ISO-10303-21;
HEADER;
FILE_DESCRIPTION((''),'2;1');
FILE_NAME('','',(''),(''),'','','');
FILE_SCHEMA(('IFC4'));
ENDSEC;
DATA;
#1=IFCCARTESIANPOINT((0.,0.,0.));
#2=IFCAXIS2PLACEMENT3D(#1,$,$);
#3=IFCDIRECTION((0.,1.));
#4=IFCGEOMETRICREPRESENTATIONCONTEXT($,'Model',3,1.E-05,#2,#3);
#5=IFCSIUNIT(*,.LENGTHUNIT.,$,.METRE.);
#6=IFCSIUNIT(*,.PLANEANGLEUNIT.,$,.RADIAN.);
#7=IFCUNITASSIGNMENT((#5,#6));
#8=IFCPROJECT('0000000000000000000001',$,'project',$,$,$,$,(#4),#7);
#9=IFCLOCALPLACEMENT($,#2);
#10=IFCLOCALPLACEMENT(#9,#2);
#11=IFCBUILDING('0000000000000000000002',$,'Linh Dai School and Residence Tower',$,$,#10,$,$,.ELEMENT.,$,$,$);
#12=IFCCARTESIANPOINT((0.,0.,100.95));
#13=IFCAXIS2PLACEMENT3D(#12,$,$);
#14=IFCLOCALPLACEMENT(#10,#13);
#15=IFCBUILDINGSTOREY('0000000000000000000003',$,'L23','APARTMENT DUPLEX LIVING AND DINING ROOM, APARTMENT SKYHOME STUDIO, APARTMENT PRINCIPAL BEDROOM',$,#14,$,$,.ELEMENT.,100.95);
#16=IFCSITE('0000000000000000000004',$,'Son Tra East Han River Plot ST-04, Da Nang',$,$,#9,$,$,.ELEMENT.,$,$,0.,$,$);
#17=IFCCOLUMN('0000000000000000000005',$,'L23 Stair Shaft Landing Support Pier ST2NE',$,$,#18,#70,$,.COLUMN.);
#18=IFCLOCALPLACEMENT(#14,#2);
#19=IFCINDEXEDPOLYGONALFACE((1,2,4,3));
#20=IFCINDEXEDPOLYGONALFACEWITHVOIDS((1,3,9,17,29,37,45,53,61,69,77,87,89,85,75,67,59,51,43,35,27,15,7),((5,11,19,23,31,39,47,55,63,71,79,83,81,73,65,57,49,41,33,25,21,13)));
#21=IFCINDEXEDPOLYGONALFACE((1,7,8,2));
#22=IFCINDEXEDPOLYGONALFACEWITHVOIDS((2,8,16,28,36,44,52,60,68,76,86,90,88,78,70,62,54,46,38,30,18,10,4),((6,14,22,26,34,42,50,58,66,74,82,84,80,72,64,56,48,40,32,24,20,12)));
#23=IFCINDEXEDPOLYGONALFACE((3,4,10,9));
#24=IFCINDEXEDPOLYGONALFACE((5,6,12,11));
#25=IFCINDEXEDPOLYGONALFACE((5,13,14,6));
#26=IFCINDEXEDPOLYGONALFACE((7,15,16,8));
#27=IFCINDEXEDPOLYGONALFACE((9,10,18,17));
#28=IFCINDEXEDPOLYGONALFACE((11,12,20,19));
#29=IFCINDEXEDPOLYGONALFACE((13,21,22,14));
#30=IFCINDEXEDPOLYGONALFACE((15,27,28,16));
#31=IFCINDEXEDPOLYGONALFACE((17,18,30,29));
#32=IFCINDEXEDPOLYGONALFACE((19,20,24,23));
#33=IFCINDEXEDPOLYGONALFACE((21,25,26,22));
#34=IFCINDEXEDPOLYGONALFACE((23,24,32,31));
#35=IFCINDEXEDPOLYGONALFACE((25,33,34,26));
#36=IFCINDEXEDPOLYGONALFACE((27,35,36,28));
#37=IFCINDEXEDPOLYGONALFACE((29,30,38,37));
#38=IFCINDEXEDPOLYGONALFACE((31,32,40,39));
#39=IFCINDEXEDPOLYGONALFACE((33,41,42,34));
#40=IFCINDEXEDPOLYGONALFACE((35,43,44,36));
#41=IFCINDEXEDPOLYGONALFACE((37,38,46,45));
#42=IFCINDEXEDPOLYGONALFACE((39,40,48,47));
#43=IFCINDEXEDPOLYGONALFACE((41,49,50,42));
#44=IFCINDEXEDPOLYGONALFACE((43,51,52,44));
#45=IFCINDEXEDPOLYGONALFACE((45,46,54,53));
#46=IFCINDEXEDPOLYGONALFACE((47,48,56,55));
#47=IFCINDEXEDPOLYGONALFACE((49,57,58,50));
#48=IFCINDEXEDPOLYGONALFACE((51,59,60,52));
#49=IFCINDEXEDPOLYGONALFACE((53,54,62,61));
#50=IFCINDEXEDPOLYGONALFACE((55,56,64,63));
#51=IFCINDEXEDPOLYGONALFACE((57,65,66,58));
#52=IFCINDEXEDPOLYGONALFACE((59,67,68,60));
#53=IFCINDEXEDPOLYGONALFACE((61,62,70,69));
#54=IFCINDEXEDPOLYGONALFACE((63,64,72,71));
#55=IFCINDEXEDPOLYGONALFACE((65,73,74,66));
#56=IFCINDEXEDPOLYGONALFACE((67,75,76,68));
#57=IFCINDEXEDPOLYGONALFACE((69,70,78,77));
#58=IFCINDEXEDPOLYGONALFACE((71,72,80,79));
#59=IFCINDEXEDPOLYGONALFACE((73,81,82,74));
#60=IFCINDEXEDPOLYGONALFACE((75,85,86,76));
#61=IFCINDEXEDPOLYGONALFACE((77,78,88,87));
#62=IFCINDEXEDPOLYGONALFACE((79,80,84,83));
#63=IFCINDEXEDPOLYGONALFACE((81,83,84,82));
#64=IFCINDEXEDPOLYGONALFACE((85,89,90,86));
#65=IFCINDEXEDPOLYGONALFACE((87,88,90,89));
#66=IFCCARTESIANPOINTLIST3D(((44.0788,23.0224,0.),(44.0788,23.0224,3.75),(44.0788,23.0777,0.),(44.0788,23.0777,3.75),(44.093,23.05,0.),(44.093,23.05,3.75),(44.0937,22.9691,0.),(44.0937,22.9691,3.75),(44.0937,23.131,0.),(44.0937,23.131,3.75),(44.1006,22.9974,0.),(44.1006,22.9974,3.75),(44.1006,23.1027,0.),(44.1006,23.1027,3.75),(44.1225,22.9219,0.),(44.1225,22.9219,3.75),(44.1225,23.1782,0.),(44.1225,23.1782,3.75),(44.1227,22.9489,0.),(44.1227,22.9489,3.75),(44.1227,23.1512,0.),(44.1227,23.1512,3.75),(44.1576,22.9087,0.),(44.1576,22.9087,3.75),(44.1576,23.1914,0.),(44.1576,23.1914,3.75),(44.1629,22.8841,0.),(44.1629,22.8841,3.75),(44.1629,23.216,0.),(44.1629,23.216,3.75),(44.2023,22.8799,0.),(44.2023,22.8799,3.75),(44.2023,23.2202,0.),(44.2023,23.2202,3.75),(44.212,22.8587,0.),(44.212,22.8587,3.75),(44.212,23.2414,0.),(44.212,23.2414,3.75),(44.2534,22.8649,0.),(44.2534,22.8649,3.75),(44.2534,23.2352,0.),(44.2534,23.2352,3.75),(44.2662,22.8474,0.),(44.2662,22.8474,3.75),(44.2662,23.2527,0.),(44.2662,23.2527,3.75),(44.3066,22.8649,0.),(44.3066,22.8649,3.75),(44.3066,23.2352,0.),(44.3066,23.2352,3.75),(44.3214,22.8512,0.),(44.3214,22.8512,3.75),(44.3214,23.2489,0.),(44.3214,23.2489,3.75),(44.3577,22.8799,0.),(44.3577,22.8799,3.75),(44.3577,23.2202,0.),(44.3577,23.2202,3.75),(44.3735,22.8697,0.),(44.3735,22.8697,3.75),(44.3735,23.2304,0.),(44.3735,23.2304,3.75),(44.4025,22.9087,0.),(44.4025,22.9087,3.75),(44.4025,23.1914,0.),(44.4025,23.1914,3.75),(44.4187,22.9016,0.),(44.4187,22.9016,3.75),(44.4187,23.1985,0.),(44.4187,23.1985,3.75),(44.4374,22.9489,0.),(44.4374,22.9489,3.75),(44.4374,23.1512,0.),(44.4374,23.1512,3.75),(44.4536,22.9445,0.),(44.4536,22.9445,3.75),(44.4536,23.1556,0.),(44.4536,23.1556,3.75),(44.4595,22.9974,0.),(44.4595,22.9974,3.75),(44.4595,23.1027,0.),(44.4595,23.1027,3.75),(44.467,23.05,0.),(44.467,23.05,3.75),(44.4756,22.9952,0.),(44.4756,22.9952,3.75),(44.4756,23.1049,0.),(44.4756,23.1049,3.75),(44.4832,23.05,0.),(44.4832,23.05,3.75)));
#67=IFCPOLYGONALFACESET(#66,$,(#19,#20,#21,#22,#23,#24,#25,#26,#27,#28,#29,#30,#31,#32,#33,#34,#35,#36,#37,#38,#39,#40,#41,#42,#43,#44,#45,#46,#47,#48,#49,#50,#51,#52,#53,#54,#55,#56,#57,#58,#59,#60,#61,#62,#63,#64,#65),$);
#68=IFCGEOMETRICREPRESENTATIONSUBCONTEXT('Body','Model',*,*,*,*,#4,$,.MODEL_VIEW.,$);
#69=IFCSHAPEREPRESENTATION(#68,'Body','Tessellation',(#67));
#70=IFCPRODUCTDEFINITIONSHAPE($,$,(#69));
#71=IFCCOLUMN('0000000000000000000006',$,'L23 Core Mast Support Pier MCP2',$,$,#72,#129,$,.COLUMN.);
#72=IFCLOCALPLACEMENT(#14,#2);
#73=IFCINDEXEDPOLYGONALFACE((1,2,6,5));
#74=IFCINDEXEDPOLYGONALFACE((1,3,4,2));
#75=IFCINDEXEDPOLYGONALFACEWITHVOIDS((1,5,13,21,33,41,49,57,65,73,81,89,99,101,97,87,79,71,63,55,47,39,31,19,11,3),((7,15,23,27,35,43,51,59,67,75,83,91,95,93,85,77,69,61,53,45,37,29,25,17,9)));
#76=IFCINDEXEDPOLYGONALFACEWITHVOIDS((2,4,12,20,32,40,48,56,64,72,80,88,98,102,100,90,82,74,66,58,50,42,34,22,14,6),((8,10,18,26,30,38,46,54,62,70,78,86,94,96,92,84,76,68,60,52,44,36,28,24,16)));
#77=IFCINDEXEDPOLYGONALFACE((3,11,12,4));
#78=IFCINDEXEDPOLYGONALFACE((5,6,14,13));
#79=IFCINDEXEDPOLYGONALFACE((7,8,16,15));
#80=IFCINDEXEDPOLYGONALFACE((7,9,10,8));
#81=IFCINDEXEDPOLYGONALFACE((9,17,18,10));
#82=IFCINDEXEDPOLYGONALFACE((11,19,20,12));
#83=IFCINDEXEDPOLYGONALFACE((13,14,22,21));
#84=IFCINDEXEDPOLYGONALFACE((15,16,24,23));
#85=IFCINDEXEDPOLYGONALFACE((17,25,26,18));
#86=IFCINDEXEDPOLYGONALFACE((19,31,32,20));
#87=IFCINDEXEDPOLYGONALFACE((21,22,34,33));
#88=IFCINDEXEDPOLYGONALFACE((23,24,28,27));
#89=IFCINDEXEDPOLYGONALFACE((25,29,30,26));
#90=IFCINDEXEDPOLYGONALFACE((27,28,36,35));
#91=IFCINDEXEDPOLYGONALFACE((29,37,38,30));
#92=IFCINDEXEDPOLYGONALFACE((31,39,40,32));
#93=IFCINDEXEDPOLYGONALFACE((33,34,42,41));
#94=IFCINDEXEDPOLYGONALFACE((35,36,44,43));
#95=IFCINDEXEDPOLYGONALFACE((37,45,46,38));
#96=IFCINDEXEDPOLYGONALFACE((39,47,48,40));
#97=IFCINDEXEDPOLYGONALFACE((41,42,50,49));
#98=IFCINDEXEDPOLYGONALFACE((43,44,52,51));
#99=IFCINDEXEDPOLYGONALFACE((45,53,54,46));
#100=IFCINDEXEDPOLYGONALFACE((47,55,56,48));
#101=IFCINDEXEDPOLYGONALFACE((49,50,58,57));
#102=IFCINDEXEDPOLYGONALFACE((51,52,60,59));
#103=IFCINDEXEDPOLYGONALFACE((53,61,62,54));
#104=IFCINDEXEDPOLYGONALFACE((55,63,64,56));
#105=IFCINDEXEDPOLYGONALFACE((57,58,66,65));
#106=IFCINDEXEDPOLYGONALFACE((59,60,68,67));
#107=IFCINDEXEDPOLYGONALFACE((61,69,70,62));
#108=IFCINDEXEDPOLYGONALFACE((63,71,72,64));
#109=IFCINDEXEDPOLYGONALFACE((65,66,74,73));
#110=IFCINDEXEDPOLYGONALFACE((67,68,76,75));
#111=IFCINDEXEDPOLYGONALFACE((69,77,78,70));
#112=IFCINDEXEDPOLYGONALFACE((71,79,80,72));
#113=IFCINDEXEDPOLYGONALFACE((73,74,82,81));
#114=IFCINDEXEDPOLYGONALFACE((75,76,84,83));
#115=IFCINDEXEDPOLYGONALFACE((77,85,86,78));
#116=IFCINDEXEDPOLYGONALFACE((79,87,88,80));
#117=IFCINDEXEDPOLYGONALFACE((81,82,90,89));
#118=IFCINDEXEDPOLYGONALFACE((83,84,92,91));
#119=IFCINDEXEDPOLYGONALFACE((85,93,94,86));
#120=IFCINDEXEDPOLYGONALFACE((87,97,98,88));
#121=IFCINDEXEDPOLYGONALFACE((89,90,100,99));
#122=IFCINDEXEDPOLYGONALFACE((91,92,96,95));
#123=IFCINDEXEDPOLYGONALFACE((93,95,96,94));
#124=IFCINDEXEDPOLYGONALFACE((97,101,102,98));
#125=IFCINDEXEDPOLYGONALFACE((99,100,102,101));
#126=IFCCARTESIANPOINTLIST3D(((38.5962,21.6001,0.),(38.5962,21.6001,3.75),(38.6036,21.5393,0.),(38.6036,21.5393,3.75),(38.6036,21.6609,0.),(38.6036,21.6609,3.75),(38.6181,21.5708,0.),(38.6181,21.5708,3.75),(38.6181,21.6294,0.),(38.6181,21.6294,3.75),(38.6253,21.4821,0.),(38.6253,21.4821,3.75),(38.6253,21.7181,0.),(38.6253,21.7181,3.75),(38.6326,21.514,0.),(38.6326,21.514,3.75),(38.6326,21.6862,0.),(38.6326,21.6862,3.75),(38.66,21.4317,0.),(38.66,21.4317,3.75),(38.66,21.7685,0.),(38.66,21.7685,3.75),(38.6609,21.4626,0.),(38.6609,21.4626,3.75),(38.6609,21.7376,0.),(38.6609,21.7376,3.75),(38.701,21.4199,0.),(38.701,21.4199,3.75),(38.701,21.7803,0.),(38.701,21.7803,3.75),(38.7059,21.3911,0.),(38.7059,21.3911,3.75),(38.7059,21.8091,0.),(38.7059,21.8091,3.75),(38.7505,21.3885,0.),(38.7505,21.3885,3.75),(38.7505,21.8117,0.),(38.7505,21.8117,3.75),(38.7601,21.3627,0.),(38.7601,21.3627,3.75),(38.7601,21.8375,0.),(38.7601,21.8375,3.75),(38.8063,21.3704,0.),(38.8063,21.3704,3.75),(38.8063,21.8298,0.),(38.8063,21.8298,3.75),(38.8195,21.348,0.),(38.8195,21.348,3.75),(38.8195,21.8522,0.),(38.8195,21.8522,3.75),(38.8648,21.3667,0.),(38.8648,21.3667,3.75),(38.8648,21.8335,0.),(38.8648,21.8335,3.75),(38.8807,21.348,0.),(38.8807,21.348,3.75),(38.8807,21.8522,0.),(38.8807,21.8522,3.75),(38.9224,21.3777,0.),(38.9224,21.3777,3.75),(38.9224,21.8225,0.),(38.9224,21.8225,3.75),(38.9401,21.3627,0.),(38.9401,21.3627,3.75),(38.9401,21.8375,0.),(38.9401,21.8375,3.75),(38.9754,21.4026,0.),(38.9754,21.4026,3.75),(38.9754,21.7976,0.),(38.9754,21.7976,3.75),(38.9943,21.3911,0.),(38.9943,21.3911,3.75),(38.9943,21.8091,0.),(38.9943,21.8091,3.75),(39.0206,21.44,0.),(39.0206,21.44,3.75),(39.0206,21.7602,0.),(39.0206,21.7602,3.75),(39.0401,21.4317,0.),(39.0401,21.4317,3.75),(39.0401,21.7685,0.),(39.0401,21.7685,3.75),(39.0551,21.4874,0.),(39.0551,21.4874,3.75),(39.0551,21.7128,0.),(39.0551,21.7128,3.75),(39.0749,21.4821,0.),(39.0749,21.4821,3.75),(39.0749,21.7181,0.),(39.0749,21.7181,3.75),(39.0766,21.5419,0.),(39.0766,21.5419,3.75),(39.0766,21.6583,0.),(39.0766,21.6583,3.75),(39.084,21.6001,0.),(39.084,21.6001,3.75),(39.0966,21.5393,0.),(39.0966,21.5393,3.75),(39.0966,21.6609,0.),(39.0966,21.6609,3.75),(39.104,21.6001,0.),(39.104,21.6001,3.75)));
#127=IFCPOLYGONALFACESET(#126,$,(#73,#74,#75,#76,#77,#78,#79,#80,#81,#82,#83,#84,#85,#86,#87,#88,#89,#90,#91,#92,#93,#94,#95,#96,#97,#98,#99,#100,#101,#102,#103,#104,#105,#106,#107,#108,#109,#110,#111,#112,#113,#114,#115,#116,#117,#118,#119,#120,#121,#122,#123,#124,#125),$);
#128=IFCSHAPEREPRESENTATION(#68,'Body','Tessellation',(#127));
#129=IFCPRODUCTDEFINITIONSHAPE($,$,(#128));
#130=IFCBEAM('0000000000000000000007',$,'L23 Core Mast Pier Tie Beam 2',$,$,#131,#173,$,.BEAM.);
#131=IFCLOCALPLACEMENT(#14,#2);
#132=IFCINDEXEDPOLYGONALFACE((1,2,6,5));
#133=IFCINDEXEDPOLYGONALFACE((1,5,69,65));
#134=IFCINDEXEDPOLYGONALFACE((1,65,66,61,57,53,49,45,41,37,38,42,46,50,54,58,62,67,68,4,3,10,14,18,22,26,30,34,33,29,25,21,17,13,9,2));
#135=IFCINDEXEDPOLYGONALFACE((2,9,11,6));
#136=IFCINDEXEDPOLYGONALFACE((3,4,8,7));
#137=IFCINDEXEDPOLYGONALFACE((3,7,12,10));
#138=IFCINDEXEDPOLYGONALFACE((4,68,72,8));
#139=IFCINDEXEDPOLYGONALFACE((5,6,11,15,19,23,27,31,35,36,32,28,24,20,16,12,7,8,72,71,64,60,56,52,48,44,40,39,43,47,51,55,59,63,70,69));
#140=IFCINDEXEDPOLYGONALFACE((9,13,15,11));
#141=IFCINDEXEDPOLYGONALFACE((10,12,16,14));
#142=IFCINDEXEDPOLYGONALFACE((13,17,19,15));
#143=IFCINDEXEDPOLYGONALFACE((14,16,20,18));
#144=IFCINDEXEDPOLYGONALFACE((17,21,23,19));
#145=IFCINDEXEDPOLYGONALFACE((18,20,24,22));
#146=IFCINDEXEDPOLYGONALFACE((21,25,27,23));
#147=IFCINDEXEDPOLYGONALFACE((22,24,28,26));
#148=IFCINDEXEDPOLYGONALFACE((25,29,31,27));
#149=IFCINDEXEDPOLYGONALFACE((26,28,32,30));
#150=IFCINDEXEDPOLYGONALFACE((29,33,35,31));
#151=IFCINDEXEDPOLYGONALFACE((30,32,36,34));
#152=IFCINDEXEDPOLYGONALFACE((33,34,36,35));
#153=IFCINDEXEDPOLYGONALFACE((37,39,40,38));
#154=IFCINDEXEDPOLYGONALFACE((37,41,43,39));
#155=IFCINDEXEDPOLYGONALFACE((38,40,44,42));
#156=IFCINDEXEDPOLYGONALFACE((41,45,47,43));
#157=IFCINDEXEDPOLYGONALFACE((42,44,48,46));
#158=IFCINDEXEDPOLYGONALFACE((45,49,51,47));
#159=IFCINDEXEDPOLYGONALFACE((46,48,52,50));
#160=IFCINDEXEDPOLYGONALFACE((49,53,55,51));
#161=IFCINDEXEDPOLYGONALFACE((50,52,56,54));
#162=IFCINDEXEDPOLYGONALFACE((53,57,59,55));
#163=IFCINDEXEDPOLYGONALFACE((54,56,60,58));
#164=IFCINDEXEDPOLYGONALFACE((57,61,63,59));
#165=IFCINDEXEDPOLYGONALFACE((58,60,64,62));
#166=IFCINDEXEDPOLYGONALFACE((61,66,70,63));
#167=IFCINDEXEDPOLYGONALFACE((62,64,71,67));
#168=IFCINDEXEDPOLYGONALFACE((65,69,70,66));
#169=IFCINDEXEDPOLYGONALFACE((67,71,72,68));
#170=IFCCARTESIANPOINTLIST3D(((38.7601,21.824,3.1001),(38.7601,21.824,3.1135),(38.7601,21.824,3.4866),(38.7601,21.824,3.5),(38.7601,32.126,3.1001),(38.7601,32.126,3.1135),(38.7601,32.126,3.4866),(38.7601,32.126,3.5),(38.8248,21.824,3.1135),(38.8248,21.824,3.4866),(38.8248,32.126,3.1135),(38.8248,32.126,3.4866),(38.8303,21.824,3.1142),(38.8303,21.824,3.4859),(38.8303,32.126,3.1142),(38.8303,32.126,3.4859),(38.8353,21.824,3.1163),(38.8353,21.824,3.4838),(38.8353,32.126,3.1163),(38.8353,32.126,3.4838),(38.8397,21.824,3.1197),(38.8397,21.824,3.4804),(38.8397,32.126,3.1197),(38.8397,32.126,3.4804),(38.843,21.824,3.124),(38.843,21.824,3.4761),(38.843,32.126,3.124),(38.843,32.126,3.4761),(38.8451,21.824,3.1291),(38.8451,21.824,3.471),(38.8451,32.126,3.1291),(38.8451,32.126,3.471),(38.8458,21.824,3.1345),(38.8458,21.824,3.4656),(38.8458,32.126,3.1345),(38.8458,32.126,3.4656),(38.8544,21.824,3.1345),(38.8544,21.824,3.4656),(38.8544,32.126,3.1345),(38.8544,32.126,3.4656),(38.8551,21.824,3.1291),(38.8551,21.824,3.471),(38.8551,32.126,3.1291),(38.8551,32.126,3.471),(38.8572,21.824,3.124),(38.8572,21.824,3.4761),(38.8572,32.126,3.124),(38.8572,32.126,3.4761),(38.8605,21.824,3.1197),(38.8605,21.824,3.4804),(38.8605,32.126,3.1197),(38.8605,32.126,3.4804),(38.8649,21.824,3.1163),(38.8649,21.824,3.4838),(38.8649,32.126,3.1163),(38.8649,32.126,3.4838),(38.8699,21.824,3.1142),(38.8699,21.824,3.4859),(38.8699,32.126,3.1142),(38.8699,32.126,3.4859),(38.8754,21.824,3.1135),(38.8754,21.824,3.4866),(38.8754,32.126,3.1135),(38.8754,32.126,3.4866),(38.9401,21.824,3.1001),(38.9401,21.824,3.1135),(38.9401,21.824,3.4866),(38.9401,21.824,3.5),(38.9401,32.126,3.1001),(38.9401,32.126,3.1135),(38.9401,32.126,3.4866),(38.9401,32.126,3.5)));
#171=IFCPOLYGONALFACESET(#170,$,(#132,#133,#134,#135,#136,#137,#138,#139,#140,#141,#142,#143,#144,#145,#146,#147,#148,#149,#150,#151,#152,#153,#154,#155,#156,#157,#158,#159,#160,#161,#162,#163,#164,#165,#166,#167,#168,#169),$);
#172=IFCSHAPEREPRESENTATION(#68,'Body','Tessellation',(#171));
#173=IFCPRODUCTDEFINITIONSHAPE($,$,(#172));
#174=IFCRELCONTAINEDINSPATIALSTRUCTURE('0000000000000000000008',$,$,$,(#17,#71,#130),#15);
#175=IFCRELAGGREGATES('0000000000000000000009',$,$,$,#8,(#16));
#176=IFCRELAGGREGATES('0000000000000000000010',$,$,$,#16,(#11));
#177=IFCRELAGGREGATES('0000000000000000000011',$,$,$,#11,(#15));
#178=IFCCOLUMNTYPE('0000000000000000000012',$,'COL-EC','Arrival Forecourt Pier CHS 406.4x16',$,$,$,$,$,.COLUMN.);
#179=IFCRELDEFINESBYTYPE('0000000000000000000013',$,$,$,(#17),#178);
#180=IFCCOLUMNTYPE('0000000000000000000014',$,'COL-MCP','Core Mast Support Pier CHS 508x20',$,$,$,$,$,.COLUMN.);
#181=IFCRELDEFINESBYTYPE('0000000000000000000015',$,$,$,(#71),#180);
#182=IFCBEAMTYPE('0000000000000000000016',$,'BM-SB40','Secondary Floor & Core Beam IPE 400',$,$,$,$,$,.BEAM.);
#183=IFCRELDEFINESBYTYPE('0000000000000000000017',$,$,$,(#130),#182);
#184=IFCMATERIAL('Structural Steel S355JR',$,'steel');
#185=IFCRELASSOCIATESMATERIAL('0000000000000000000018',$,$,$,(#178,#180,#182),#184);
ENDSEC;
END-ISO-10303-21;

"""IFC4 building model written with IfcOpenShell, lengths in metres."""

from ifc_helpers import new_model, si_unit, direction, frame, origin, origin_2d, place, context, subcontext, project, spatial, hollow_circle, i_section, extrude, material, material_profile, profile_set, type_object, element, save


model = new_model("IFC4")

# Units and contexts
model_context = context("Model", 3, precision=1e-05, world=origin(), true_north=direction((0.0, 1.0)))
body_context = subcontext(model_context, "Body", "Model", "MODEL_VIEW")
ifc_project = project(units=[si_unit("LENGTHUNIT", "METRE"), si_unit("PLANEANGLEUNIT", "RADIAN")], contexts=[model_context])

# Site, building, storey
site_placement = place(None, origin())
site = spatial("IfcSite", under=ifc_project, at=site_placement, Name="Son Tra East Han River Plot ST-04, Da Nang", CompositionType="ELEMENT", RefElevation=0.0)
building_placement = place(site_placement, origin())
building = spatial("IfcBuilding", under=site, at=building_placement, Name="Linh Dai School and Residence Tower", CompositionType="ELEMENT")
storey_placement = place(building_placement, frame((0.0, 0.0, 100.95)))
storey = spatial("IfcBuildingStorey", under=building, at=storey_placement, Name="L23", Description="APARTMENT DUPLEX LIVING AND DINING ROOM, APARTMENT SKYHOME STUDIO, APARTMENT PRINCIPAL BEDROOM", CompositionType="ELEMENT", Elevation=100.95)

# Columns
ifc_material_1 = material(Name="Structural Steel S355JR", Category="steel")
ifc_material_profile_1 = material_profile(ifc_material_1, hollow_circle(Radius=0.2031, WallThickness=0.0161, at=origin_2d()), Name="CHS 406.4x16")
ifc_profile_set_1 = profile_set([ifc_material_profile_1], Name="Structural Steel S355JR")
column_type_1 = type_object("IfcColumnType", Name="COL-EC", Description="Arrival Forecourt Pier CHS 406.4x16", PredefinedType="COLUMN", material=ifc_profile_set_1)
column_1_placement = place(storey_placement, frame((44.28, 23.05, 0.0), z_axis=(0.0, 0.0, 1.0), x_axis=(1.0, 0.0, 0.0)))
element("IfcColumn", 1, at=column_1_placement, inside=storey, type_object=column_type_1, Name="L23 Stair Shaft Landing Support Pier ST2NE", PredefinedType="COLUMN", context=body_context, shape_type="SweptSolid", body=[
    extrude(hollow_circle(Radius=0.2031, WallThickness=0.0161, at=origin_2d()), origin(), (0.0, 0.0, 1.0), 3.75),
])
ifc_material_profile_2 = material_profile(ifc_material_1, hollow_circle(Radius=0.2539, WallThickness=0.02, at=origin_2d()), Name="CHS 508x20")
ifc_profile_set_2 = profile_set([ifc_material_profile_2], Name="Structural Steel S355JR")
column_type_2 = type_object("IfcColumnType", Name="COL-MCP", Description="Core Mast Support Pier CHS 508x20", PredefinedType="COLUMN", material=ifc_profile_set_2)
column_2_placement = place(storey_placement, frame((38.8501, 21.6001, 0.0), z_axis=(0.0, 0.0, 1.0), x_axis=(1.0, 0.0, 0.0)))
element("IfcColumn", 2, at=column_2_placement, inside=storey, type_object=column_type_2, Name="L23 Core Mast Support Pier MCP2", PredefinedType="COLUMN", context=body_context, shape_type="SweptSolid", body=[
    extrude(hollow_circle(Radius=0.2539, WallThickness=0.02, at=origin_2d()), origin(), (0.0, 0.0, 1.0), 3.75),
])

# Beam
ifc_material_profile_3 = material_profile(ifc_material_1, i_section(OverallWidth=0.1799, OverallDepth=0.3999, WebThickness=0.0085, FlangeThickness=0.0134, FilletRadius=0.021, at=origin_2d()), Name="IPE 400")
ifc_profile_set_3 = profile_set([ifc_material_profile_3], Name="Structural Steel S355JR")
beam_type = type_object("IfcBeamType", Name="BM-SB40", Description="Secondary Floor & Core Beam IPE 400", PredefinedType="BEAM", material=ifc_profile_set_3)
beam_placement = place(storey_placement, frame((38.8501, 21.824, 3.3), z_axis=(0.0, 1.0, 0.0), x_axis=(-1.0, 0.0, 0.0)))
element("IfcBeam", 3, at=beam_placement, inside=storey, type_object=beam_type, Name="L23 Core Mast Pier Tie Beam 2", PredefinedType="BEAM", context=body_context, shape_type="SweptSolid", body=[
    extrude(i_section(OverallWidth=0.1799, OverallDepth=0.3999, WebThickness=0.0085, FlangeThickness=0.0134, FilletRadius=0.021, at=origin_2d()), origin(), (0.0, 0.0, 1.0), 10.302),
])

save(model, "model.ifc")
